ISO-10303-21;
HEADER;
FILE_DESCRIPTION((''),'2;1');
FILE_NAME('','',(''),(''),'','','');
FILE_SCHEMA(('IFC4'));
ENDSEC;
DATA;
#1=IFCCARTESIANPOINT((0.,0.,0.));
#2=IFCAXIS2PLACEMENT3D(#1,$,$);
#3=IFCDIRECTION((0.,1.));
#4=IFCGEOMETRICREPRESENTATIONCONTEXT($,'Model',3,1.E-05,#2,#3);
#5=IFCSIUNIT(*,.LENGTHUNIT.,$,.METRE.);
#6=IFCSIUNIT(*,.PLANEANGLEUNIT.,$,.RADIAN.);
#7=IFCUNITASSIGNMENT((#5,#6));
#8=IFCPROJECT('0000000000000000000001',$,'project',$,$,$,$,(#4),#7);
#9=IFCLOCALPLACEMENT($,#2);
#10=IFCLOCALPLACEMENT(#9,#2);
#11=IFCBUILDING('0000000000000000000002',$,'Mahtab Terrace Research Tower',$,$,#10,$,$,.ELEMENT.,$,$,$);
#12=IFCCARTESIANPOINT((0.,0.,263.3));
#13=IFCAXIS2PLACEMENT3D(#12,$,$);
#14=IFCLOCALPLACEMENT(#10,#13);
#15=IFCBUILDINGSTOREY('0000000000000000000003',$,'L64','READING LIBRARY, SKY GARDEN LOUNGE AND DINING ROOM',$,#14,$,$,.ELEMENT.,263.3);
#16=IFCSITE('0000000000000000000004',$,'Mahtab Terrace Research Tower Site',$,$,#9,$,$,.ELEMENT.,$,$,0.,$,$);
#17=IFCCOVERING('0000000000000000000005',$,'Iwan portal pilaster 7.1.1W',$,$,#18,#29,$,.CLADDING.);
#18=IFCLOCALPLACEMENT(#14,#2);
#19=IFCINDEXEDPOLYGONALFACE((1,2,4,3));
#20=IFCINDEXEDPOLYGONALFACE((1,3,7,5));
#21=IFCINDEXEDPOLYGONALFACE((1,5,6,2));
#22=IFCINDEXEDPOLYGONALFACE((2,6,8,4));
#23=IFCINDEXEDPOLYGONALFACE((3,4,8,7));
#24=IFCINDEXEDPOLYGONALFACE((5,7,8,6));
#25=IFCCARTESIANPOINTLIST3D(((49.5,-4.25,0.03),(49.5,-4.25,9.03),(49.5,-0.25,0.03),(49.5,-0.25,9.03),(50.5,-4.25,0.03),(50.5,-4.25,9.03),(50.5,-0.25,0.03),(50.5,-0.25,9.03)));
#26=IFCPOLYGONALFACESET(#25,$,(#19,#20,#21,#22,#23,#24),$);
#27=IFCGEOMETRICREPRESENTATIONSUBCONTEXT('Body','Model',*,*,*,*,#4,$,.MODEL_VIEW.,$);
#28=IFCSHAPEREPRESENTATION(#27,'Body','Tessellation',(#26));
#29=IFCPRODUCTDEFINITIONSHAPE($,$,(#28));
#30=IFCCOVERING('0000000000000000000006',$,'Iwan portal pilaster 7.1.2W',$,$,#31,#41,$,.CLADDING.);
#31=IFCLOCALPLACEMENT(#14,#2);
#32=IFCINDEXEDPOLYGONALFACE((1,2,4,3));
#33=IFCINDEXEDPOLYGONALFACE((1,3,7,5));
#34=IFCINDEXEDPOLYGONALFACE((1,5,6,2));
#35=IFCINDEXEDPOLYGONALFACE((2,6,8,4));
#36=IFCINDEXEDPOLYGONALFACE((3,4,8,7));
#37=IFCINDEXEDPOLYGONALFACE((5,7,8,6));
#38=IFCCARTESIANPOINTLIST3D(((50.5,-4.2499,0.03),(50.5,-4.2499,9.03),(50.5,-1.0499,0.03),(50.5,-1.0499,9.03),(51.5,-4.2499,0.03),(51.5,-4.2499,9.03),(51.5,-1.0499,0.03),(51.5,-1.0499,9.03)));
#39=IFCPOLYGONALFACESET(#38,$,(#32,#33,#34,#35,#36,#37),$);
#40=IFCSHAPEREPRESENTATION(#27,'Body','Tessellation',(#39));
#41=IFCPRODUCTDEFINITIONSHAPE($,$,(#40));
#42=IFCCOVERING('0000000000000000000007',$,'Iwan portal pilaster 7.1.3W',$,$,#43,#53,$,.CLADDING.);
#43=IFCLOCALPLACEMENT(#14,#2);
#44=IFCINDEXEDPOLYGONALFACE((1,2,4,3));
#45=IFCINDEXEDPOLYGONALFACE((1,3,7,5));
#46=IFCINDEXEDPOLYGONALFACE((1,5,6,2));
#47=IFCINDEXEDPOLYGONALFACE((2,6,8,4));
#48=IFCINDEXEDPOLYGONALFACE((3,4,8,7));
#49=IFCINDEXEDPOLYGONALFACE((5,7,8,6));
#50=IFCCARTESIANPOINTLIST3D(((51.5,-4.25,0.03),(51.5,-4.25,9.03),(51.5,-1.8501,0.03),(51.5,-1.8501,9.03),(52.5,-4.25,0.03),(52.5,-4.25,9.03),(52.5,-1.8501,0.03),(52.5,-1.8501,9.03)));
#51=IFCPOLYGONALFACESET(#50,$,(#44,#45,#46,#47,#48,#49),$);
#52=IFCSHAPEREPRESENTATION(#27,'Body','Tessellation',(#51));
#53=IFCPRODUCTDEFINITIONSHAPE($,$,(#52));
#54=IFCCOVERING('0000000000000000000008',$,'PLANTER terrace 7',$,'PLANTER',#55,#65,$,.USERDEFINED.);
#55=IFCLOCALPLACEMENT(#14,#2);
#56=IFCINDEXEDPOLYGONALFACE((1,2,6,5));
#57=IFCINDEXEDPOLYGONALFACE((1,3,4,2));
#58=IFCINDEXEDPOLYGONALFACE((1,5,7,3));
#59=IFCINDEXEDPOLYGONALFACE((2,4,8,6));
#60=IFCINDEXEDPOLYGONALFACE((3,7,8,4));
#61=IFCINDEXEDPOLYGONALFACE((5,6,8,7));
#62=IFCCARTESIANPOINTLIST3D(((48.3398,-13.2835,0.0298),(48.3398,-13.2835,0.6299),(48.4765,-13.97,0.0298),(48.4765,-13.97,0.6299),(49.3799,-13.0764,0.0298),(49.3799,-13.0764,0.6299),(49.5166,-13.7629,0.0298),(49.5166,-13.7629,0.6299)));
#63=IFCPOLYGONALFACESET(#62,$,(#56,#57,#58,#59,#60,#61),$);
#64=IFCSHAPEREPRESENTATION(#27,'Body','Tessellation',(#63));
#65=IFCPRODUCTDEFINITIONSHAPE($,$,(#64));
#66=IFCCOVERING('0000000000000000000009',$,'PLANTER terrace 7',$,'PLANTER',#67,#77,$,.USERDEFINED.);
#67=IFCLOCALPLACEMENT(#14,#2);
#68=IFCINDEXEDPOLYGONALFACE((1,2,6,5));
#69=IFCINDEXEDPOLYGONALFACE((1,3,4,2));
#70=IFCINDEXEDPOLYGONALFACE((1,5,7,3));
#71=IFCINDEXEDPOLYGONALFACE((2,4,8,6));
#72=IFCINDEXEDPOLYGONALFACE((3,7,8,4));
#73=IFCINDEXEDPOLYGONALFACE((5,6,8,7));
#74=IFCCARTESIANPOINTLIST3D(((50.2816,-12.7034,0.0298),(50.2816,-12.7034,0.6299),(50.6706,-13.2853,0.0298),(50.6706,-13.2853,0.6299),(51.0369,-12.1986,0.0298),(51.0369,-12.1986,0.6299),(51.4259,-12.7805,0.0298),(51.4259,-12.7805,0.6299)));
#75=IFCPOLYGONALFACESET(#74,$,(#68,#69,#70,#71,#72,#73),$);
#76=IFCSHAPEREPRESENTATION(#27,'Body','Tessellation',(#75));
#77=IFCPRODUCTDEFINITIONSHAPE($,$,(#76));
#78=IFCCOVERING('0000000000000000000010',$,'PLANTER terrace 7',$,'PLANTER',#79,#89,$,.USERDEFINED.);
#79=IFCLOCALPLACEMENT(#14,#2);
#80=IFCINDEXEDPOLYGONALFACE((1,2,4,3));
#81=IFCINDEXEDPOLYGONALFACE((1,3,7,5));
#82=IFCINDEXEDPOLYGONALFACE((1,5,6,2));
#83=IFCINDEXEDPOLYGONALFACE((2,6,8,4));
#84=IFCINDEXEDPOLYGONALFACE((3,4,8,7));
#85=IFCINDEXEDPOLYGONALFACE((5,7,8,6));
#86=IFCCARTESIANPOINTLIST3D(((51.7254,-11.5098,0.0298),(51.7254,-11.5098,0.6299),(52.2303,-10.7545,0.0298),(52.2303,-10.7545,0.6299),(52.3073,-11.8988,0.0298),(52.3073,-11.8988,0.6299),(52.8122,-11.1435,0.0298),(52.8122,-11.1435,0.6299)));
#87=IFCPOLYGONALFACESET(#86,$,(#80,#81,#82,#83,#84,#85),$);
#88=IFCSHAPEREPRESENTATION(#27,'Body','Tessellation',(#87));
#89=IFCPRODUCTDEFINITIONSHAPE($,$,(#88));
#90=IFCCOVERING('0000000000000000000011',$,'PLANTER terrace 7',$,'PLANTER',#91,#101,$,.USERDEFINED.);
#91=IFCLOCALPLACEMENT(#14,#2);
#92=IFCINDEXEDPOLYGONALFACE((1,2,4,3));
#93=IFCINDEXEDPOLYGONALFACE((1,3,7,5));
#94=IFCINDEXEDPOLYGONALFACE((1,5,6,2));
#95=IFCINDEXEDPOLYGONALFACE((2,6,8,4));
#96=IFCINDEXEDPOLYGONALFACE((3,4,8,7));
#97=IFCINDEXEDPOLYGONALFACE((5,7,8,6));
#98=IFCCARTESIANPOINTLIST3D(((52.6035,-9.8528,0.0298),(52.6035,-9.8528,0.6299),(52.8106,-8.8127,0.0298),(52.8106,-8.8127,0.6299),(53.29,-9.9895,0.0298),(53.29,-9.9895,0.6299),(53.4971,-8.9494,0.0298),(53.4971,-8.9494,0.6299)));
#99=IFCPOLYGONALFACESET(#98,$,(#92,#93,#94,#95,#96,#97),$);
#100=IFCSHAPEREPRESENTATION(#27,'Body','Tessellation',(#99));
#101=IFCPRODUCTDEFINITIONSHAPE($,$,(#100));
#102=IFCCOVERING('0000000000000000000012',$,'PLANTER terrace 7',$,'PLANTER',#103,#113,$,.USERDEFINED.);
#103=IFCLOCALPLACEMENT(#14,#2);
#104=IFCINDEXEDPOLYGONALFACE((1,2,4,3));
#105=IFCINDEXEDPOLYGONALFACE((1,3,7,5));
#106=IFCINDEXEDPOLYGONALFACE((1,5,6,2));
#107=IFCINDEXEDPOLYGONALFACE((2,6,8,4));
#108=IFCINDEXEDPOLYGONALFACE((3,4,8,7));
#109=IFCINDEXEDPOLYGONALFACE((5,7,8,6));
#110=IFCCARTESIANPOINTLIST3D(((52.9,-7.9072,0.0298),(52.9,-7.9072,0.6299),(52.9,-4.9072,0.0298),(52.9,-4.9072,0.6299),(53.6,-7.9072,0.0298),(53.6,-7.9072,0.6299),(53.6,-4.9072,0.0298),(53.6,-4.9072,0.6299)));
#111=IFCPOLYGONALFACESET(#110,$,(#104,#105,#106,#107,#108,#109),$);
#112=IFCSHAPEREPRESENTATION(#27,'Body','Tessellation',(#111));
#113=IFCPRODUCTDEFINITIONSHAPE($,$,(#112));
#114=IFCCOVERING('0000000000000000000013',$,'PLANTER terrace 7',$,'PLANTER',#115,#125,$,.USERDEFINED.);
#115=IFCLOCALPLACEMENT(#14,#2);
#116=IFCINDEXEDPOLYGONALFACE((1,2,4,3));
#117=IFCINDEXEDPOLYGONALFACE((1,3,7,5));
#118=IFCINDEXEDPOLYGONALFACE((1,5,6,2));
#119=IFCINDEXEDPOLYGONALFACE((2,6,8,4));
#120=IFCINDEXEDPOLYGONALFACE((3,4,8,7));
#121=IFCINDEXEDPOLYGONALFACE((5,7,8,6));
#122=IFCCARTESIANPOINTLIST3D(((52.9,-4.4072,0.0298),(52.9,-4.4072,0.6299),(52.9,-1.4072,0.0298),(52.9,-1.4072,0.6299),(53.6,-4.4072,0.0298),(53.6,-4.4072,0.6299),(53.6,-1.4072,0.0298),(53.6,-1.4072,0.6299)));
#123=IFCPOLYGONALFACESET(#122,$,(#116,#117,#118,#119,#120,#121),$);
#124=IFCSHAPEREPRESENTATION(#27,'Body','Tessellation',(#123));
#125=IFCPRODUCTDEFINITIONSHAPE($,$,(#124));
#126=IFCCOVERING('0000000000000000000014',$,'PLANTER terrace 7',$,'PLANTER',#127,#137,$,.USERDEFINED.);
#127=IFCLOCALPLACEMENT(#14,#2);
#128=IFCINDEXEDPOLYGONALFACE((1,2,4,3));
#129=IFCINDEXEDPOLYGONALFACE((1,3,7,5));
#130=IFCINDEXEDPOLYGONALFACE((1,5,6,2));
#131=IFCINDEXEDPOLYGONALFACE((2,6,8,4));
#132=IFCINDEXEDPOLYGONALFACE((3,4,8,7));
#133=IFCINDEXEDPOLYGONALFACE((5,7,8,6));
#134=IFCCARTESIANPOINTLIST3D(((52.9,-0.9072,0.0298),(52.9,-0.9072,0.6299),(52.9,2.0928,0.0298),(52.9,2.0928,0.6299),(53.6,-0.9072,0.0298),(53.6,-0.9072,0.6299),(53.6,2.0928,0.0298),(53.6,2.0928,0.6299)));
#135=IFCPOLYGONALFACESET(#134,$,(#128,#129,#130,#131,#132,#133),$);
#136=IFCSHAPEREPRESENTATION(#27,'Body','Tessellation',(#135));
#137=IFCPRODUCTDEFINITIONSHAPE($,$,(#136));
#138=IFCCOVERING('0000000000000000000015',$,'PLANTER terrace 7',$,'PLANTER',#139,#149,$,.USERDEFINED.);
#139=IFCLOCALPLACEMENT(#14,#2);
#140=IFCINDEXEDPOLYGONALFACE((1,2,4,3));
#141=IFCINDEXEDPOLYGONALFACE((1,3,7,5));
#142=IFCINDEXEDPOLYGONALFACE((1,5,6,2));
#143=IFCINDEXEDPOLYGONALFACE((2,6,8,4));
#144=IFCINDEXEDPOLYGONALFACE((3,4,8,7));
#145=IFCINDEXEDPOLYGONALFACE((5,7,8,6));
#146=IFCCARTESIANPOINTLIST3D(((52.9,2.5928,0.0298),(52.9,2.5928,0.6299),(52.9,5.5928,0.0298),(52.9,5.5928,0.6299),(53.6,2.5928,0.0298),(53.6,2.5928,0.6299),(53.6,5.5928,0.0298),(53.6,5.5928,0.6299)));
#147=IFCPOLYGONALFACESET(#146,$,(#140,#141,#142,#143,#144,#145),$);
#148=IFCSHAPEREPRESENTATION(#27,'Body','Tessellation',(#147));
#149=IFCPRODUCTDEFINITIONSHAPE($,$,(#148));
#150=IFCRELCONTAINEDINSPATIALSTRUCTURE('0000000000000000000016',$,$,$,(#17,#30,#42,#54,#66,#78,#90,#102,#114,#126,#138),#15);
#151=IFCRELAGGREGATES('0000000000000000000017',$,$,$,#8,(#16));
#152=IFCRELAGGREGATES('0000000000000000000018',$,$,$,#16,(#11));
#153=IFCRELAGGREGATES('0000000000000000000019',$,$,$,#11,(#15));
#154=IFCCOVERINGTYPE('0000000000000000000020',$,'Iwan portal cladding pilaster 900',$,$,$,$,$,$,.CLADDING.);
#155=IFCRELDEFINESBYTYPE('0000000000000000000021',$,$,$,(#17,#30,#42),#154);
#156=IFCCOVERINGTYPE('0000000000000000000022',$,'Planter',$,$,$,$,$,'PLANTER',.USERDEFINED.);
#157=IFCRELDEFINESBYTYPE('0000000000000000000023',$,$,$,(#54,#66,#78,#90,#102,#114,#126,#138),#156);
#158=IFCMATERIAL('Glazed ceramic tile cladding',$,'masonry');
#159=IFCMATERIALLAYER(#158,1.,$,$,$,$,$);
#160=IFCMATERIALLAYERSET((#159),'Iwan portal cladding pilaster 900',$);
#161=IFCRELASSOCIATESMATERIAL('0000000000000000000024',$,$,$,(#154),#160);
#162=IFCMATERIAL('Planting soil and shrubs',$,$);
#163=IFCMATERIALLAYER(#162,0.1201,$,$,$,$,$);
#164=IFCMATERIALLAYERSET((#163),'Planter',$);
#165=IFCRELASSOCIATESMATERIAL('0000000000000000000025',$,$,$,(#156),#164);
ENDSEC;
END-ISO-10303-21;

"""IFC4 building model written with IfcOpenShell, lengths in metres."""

from ifc_helpers import new_model, si_unit, direction, frame, origin, origin_2d, place, context, subcontext, project, spatial, rectangle, extrude, material, layer, layer_set, type_object, element, save


model = new_model("IFC4")

# Units and contexts
model_context = context("Model", 3, precision=1e-05, world=origin(), true_north=direction((0.0, 1.0)))
body_context = subcontext(model_context, "Body", "Model", "MODEL_VIEW")
ifc_project = project(units=[si_unit("LENGTHUNIT", "METRE"), si_unit("PLANEANGLEUNIT", "RADIAN")], contexts=[model_context])

# Site, building, storey
site_placement = place(None, origin())
site = spatial("IfcSite", under=ifc_project, at=site_placement, Name="Mahtab Terrace Research Tower Site", CompositionType="ELEMENT", RefElevation=0.0)
building_placement = place(site_placement, origin())
building = spatial("IfcBuilding", under=site, at=building_placement, Name="Mahtab Terrace Research Tower", CompositionType="ELEMENT")
storey_placement = place(building_placement, frame((0.0, 0.0, 263.3)))
storey = spatial("IfcBuildingStorey", under=building, at=storey_placement, Name="L64", Description="READING LIBRARY, SKY GARDEN LOUNGE AND DINING ROOM", CompositionType="ELEMENT", Elevation=263.3)

# Coverings
ifc_material_1 = material(Name="Glazed ceramic tile cladding", Category="masonry")
ifc_layer_1 = layer(ifc_material_1, 1.0)
ifc_layer_set_1 = layer_set([ifc_layer_1], Name="Iwan portal cladding pilaster 900")
covering_type_1 = type_object("IfcCoveringType", Name="Iwan portal cladding pilaster 900", PredefinedType="CLADDING", material=ifc_layer_set_1)
covering_1_placement = place(storey_placement, frame((50.0, -2.25, 0.03), z_axis=(0.0, 0.0, 1.0), x_axis=(0.0, 1.0, 0.0)))
element("IfcCovering", 1, at=covering_1_placement, inside=storey, type_object=covering_type_1, Name="Iwan portal pilaster 7.1.1W", PredefinedType="CLADDING", context=body_context, shape_type="SweptSolid", body=[
    extrude(rectangle(XDim=4.0, YDim=1.0, at=origin_2d()), origin(), (0.0, 0.0, 1.0), 9.0),
])
covering_2_placement = place(storey_placement, frame((51.0, -2.6499, 0.03), z_axis=(0.0, 0.0, 1.0), x_axis=(0.0, 1.0, 0.0)))
element("IfcCovering", 2, at=covering_2_placement, inside=storey, type_object=covering_type_1, Name="Iwan portal pilaster 7.1.2W", PredefinedType="CLADDING", context=body_context, shape_type="SweptSolid", body=[
    extrude(rectangle(XDim=3.2, YDim=1.0, at=origin_2d()), origin(), (0.0, 0.0, 1.0), 9.0),
])
covering_3_placement = place(storey_placement, frame((52.0, -3.05, 0.03), z_axis=(0.0, 0.0, 1.0), x_axis=(0.0, 1.0, 0.0)))
element("IfcCovering", 3, at=covering_3_placement, inside=storey, type_object=covering_type_1, Name="Iwan portal pilaster 7.1.3W", PredefinedType="CLADDING", context=body_context, shape_type="SweptSolid", body=[
    extrude(rectangle(XDim=2.3999, YDim=1.0, at=origin_2d()), origin(), (0.0, 0.0, 1.0), 9.0),
])
ifc_material_2 = material(Name="Planting soil and shrubs")
ifc_layer_2 = layer(ifc_material_2, 0.1201)
ifc_layer_set_2 = layer_set([ifc_layer_2], Name="Planter")
covering_type_2 = type_object("IfcCoveringType", Name="Planter", ElementType="PLANTER", PredefinedType="USERDEFINED", material=ifc_layer_set_2)
covering_4_placement = place(storey_placement, frame((48.9282, -13.5232, 0.0298), z_axis=(0.0, 0.0, 1.0), x_axis=(0.980743, 0.195304, 0.0)))
element("IfcCovering", 4, at=covering_4_placement, inside=storey, type_object=covering_type_2, Name="PLANTER terrace 7", ObjectType="PLANTER", PredefinedType="USERDEFINED", context=body_context, shape_type="SweptSolid", body=[
    extrude(rectangle(XDim=1.0605, YDim=0.7, at=origin_2d()), origin(), (0.0, 0.0, 1.0), 0.6001),
])
for number, where, z_axis, x_axis, name in (
    (5, (50.8538, -12.7419, 0.0298), (0.0, 0.0, 1.0), (0.831344, 0.555757, 0.0), "PLANTER terrace 7"),
    (6, (52.2688, -11.3267, 0.0298), (0.0, 0.0, 1.0), (0.555757, 0.831344, 0.0), "PLANTER terrace 7"),
):
    element("IfcCovering", number, at=place(storey_placement, frame(where, z_axis=z_axis, x_axis=x_axis)), inside=storey, type_object=covering_type_2, Name=name, ObjectType="PLANTER", PredefinedType="USERDEFINED", context=body_context, shape_type="SweptSolid", body=[
        extrude(rectangle(XDim=0.9084, YDim=0.7, at=origin_2d()), origin(), (0.0, 0.0, 1.0), 0.6001),
    ])
covering_5_placement = place(storey_placement, frame((53.0503, -9.4011, 0.0298), z_axis=(0.0, 0.0, 1.0), x_axis=(0.195304, 0.980743, 0.0)))
element("IfcCovering", 7, at=covering_5_placement, inside=storey, type_object=covering_type_2, Name="PLANTER terrace 7", ObjectType="PLANTER", PredefinedType="USERDEFINED", context=body_context, shape_type="SweptSolid", body=[
    extrude(rectangle(XDim=1.0605, YDim=0.7, at=origin_2d()), origin(), (0.0, 0.0, 1.0), 0.6001),
])
for number, where, z_axis, x_axis, name in (
    (8, (53.25, -6.4072, 0.0298), (0.0, 0.0, 1.0), (0.0, 1.0, 0.0), "PLANTER terrace 7"),
    (9, (53.25, -2.9072, 0.0298), (0.0, 0.0, 1.0), (0.0, 1.0, 0.0), "PLANTER terrace 7"),
    (10, (53.25, 0.5928, 0.0298), (0.0, 0.0, 1.0), (0.0, 1.0, 0.0), "PLANTER terrace 7"),
    (11, (53.25, 4.0928, 0.0298), (0.0, 0.0, 1.0), (0.0, 1.0, 0.0), "PLANTER terrace 7"),
):
    element("IfcCovering", number, at=place(storey_placement, frame(where, z_axis=z_axis, x_axis=x_axis)), inside=storey, type_object=covering_type_2, Name=name, ObjectType="PLANTER", PredefinedType="USERDEFINED", context=body_context, shape_type="SweptSolid", body=[
        extrude(rectangle(XDim=3.0, YDim=0.7, at=origin_2d()), origin(), (0.0, 0.0, 1.0), 0.6001),
    ])

save(model, "model.ifc")
